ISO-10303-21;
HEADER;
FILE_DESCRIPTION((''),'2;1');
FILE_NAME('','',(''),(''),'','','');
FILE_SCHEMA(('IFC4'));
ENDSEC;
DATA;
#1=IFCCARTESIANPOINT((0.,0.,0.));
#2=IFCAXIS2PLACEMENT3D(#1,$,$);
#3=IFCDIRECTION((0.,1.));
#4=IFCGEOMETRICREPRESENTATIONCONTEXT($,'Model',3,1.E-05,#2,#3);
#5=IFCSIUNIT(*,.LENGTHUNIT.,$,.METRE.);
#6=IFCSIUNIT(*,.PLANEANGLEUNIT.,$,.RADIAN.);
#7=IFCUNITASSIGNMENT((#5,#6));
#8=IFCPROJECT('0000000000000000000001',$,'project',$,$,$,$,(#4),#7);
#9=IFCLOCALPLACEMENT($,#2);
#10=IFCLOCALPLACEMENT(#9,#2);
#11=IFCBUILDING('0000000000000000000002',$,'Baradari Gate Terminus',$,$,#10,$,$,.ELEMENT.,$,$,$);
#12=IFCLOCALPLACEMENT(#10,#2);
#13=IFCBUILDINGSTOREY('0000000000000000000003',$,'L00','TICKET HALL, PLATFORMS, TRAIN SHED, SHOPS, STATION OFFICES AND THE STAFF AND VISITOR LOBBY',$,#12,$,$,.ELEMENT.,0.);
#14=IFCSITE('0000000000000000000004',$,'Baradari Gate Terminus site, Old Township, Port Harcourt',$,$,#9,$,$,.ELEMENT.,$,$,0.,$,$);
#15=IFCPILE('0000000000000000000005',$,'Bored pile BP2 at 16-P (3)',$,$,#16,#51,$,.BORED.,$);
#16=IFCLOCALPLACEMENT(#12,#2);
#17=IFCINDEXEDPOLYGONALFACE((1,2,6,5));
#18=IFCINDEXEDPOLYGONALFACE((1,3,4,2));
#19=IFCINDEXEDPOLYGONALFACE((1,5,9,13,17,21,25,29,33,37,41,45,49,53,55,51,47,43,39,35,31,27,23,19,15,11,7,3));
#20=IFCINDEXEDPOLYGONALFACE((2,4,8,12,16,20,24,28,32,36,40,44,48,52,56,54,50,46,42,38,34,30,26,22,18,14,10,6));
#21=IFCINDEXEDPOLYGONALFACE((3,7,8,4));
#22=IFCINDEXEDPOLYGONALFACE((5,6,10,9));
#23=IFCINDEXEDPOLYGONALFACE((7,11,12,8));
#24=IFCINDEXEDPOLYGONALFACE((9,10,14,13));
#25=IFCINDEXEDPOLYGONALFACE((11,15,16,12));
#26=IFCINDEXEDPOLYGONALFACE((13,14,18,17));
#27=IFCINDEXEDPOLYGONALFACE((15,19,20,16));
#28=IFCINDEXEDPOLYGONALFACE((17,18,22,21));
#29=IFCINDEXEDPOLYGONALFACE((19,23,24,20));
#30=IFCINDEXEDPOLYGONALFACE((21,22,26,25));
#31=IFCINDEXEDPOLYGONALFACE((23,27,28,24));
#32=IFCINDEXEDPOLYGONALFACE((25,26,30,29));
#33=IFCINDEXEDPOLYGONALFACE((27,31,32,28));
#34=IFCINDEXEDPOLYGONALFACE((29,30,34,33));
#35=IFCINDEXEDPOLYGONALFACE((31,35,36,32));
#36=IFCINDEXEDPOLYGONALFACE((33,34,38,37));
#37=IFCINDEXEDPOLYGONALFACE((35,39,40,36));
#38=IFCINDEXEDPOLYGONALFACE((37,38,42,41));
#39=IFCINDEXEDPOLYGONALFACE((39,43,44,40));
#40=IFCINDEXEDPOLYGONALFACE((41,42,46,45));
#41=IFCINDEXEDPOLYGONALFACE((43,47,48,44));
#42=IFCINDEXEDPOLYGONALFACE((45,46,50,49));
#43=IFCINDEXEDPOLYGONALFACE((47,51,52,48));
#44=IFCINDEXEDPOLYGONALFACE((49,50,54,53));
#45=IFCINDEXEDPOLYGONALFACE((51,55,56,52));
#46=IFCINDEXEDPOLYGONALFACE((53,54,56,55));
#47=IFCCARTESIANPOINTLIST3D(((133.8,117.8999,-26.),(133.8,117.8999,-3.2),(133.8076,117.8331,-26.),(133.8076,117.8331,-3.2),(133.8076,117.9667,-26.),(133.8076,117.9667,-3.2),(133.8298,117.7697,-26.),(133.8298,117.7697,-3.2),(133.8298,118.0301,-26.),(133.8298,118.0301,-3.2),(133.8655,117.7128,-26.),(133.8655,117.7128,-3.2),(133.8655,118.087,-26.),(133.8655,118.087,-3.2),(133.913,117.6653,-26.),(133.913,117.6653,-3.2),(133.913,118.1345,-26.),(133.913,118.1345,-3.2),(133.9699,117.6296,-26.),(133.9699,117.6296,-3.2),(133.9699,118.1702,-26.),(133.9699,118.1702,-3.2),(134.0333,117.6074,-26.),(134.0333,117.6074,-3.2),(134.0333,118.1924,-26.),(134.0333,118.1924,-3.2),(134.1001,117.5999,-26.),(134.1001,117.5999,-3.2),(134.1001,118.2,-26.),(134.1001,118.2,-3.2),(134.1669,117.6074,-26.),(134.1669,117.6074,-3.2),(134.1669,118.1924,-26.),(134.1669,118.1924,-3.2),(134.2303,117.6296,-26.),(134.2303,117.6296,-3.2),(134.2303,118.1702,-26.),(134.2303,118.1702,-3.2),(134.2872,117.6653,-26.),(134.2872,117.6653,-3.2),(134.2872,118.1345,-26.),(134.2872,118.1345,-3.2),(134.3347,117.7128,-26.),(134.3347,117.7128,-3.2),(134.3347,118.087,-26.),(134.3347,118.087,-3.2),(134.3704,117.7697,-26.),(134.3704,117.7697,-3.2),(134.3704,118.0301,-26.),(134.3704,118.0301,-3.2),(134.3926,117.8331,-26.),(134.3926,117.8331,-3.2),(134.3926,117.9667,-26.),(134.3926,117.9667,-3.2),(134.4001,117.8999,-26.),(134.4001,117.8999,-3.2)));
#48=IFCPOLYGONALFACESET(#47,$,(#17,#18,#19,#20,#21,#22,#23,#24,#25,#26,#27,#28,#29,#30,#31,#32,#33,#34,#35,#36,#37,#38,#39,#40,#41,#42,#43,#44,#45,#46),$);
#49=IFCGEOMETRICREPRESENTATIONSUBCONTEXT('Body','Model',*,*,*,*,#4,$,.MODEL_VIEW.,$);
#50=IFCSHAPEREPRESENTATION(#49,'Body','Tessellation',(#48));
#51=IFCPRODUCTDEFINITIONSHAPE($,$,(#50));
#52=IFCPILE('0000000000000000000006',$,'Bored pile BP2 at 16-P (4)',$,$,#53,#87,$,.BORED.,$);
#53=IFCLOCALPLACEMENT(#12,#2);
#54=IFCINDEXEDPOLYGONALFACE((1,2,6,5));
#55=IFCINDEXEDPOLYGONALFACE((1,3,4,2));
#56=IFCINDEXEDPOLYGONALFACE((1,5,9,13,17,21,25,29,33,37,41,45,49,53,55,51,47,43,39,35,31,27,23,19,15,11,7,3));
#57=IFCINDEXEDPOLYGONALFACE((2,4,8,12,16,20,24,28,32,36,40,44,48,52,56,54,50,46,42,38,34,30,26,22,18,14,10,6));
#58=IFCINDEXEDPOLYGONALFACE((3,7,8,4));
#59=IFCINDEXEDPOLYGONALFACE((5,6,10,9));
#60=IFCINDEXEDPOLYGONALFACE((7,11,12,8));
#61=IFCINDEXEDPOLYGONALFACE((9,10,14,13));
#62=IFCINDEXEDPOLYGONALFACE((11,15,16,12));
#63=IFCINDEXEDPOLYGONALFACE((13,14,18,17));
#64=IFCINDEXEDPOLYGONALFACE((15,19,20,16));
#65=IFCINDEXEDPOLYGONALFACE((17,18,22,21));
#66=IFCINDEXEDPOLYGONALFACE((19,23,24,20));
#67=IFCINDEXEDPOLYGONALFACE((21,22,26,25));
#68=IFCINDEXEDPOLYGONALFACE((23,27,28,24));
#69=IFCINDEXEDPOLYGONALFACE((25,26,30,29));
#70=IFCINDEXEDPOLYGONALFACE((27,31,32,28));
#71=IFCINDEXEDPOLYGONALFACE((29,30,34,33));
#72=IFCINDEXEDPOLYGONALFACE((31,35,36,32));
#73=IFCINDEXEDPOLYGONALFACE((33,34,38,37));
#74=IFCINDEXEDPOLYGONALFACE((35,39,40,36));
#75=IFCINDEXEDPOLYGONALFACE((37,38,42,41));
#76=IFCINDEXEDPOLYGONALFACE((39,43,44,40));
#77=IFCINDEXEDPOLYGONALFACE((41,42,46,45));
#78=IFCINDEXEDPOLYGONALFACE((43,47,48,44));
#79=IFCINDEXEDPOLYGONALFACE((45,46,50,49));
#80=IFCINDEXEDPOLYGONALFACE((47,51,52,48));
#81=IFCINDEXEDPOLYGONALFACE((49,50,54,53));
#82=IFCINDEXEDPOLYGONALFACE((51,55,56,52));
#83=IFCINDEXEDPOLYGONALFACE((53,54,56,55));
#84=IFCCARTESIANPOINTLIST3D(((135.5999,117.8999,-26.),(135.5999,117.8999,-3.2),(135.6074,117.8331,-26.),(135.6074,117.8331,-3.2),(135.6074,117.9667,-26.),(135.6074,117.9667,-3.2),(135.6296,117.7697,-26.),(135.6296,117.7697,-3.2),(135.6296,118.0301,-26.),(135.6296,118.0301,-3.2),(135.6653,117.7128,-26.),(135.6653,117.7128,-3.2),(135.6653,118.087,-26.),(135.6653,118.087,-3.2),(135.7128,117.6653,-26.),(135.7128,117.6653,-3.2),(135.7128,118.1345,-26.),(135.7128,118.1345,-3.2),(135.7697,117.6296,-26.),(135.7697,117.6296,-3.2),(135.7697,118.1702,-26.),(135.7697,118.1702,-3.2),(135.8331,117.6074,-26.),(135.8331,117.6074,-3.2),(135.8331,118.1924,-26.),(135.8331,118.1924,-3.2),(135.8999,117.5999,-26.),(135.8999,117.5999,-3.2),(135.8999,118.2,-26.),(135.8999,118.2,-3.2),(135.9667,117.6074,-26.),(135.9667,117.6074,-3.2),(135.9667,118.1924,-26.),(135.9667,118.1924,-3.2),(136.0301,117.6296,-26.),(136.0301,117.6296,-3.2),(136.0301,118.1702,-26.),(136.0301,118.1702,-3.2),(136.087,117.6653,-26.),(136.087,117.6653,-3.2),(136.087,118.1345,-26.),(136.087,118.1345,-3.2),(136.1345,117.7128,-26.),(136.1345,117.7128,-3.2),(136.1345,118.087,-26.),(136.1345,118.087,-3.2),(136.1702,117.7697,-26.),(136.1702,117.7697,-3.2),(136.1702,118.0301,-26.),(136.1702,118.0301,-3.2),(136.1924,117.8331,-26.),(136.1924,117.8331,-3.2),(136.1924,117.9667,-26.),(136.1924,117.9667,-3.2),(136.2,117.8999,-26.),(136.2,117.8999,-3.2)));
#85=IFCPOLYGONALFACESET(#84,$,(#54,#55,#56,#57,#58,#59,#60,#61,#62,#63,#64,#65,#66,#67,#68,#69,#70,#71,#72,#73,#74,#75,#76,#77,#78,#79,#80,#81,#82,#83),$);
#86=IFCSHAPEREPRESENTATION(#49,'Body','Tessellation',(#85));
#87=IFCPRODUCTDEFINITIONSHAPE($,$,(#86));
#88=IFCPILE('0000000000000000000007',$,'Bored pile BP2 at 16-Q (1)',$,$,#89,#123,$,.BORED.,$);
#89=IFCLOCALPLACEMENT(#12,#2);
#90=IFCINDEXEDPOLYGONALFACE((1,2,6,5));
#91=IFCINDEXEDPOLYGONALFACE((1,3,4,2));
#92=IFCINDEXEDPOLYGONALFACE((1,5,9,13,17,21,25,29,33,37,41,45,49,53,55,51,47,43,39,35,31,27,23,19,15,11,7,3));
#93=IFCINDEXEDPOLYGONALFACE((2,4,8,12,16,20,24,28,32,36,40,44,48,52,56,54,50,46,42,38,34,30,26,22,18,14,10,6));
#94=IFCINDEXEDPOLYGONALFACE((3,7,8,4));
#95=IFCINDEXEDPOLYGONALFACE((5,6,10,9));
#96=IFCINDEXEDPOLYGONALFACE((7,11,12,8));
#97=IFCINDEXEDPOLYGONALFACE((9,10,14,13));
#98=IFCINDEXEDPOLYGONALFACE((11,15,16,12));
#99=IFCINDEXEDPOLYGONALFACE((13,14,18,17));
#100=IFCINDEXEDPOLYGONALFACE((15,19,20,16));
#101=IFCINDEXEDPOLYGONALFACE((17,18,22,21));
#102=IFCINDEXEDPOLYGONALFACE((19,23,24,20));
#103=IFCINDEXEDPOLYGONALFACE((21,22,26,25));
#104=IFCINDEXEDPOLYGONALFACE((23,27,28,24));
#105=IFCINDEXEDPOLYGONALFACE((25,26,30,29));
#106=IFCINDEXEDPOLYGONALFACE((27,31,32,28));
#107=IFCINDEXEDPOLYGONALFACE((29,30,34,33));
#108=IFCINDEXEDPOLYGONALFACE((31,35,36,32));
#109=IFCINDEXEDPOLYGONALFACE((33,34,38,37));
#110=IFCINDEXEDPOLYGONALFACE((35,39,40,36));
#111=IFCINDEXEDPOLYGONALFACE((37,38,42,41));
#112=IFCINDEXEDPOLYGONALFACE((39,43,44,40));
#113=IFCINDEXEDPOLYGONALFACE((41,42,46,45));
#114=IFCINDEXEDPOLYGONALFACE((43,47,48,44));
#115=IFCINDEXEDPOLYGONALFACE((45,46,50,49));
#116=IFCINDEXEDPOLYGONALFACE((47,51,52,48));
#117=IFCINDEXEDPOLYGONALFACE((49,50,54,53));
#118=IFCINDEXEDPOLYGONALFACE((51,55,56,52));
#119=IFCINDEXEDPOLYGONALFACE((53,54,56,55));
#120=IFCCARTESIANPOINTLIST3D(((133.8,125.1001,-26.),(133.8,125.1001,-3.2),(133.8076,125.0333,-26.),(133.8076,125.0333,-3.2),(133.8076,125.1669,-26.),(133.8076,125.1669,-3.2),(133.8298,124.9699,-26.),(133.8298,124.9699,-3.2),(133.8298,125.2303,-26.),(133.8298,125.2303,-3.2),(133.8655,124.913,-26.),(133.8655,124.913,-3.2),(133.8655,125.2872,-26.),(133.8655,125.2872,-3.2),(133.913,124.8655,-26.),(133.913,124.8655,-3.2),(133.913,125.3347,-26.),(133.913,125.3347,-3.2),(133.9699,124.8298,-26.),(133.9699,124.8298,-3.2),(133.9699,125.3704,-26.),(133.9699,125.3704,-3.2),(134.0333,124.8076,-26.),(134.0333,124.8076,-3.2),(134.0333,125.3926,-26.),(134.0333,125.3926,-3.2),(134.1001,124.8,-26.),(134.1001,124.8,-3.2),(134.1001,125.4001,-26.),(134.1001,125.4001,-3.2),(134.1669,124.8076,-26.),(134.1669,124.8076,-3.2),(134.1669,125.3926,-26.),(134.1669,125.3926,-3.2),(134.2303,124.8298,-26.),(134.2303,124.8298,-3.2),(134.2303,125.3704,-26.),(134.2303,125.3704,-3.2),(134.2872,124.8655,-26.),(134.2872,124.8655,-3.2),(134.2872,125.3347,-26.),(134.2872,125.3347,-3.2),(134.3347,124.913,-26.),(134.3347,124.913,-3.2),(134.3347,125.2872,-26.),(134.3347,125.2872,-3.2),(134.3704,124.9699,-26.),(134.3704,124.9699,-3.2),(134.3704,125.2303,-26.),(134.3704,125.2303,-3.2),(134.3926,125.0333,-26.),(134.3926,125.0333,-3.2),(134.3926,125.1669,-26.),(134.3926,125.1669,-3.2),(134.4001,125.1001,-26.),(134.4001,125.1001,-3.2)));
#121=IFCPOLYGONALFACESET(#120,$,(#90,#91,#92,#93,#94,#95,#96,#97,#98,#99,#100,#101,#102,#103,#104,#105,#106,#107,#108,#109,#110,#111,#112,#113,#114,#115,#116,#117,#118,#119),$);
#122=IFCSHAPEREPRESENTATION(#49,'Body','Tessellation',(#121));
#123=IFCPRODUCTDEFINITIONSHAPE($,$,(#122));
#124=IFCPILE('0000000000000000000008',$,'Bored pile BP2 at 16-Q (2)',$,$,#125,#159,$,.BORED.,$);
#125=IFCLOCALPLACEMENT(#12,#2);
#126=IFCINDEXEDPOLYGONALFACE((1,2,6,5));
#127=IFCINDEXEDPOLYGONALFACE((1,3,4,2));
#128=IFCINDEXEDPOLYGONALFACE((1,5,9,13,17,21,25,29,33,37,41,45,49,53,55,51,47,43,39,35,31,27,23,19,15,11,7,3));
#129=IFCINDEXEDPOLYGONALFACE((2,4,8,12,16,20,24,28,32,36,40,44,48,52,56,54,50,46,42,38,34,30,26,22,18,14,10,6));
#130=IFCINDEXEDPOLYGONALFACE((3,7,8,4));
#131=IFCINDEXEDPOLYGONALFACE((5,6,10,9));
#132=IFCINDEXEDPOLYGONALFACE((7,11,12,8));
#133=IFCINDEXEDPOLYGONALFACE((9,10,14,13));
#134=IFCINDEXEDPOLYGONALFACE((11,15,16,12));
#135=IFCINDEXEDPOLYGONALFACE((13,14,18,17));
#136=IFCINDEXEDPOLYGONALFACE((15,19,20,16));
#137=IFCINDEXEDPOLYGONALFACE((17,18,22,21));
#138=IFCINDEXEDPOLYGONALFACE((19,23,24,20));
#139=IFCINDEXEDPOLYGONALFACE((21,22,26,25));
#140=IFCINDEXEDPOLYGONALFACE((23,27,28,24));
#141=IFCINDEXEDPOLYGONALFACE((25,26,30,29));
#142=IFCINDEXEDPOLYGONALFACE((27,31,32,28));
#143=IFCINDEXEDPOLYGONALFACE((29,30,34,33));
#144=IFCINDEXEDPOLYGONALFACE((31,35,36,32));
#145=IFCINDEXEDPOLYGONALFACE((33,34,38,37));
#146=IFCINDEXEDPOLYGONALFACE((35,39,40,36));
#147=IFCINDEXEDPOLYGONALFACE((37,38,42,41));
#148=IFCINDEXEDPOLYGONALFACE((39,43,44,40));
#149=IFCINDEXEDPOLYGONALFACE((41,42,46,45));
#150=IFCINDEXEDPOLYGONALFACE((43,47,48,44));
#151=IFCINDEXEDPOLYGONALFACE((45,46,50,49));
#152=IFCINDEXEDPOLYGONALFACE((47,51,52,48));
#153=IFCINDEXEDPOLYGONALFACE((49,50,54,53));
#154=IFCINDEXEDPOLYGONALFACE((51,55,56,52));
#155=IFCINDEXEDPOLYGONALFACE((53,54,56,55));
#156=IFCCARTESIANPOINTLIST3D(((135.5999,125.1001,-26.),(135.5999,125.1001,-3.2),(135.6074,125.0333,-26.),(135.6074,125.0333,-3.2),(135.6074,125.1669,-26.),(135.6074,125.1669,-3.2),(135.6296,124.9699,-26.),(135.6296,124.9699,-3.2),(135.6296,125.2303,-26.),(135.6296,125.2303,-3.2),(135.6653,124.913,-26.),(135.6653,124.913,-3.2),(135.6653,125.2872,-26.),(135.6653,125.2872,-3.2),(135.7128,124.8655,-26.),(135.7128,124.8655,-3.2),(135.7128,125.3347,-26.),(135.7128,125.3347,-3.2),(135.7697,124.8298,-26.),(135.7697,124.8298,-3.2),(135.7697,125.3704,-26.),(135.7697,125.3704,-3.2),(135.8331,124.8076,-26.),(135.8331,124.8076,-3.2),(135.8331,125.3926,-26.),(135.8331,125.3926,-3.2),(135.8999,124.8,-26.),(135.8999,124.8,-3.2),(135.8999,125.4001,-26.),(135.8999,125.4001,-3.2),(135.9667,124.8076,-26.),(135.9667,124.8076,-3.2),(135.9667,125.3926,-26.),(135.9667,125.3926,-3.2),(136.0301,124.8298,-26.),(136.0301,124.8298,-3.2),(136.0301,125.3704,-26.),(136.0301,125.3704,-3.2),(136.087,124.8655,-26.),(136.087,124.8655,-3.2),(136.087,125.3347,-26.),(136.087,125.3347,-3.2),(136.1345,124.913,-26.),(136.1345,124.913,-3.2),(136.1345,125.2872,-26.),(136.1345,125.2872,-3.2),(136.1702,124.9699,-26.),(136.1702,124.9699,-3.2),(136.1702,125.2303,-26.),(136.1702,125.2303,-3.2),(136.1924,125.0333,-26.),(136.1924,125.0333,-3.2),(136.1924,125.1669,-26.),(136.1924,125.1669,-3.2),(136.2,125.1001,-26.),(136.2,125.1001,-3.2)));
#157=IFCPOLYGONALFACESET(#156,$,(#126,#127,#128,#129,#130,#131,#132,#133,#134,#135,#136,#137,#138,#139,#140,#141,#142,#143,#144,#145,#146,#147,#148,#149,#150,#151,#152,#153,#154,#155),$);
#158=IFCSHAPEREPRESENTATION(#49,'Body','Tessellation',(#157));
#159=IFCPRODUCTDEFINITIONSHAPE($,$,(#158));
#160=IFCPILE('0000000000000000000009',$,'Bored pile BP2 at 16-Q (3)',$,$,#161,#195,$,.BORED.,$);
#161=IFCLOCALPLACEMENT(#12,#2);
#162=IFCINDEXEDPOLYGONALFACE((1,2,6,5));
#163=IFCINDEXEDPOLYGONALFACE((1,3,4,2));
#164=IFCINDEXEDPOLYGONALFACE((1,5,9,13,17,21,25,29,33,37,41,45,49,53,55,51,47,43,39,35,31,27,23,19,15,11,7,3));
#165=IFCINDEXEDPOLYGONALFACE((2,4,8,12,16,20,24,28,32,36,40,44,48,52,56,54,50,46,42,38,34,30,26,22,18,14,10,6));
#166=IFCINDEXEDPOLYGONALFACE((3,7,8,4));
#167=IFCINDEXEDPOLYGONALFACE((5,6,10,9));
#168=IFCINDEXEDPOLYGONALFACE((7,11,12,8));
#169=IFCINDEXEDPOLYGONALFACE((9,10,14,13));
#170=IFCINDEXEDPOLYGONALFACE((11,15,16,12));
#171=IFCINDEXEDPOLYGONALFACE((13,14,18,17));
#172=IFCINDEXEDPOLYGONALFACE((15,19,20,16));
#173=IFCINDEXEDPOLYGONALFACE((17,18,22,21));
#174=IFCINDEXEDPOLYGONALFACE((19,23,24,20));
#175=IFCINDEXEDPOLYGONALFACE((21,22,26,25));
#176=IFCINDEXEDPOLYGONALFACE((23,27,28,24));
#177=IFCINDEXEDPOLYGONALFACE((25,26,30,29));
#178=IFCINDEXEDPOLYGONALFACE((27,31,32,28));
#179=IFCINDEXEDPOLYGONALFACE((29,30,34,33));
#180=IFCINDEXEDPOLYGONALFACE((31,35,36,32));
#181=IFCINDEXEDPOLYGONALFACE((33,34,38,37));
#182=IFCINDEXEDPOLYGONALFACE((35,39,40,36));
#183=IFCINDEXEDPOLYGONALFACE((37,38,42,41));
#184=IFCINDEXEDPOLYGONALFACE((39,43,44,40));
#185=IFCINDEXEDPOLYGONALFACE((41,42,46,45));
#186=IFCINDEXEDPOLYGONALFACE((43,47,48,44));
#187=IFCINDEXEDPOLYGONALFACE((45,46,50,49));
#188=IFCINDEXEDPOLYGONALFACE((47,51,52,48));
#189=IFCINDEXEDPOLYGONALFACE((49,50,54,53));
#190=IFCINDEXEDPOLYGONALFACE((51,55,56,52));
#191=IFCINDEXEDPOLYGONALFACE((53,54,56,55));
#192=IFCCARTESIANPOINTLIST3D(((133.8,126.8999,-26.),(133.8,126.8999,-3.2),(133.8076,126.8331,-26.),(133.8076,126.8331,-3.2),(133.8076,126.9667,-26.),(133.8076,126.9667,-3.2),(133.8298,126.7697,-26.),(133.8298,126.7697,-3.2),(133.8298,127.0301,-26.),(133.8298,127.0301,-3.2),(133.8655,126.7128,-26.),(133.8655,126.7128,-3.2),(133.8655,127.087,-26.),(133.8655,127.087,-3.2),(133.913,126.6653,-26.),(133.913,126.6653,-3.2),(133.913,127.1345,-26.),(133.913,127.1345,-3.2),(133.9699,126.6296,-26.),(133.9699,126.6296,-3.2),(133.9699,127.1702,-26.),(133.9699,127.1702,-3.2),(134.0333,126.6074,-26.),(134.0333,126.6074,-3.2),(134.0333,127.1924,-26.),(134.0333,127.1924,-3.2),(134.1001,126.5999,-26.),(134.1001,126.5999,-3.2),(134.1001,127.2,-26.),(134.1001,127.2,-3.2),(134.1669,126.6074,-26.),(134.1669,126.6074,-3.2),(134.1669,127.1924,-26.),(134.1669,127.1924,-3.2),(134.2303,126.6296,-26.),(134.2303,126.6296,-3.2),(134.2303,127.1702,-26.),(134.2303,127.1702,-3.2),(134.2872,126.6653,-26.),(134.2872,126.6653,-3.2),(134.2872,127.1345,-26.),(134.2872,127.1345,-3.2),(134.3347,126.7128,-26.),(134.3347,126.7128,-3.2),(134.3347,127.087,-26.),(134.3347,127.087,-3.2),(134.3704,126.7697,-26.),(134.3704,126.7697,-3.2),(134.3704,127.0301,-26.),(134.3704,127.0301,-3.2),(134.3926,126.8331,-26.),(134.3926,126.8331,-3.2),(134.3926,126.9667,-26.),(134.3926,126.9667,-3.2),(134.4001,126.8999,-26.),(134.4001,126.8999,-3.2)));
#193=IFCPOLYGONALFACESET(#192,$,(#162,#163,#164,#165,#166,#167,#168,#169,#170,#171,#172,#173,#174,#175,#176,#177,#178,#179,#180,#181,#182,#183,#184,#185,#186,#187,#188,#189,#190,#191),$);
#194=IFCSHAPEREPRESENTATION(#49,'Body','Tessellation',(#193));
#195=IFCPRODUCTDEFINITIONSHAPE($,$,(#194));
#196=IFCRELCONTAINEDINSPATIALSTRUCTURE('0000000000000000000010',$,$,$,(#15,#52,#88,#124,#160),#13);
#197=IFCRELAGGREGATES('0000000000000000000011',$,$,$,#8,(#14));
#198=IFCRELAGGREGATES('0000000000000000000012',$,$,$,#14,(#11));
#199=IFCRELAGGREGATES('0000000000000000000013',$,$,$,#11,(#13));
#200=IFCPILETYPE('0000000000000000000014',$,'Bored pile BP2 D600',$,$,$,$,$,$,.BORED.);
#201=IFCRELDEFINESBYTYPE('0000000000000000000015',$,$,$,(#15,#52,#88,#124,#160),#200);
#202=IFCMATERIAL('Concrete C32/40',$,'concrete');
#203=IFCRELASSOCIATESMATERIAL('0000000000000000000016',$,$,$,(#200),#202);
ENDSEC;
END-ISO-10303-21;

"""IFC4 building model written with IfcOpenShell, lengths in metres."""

from ifc_helpers import new_model, si_unit, direction, frame, origin, origin_2d, place, context, subcontext, project, spatial, circle, extrude, material, type_object, element, save


model = new_model("IFC4")

# Units and contexts
model_context = context("Model", 3, precision=1e-05, world=origin(), true_north=direction((0.0, 1.0)))
body_context = subcontext(model_context, "Body", "Model", "MODEL_VIEW")
ifc_project = project(units=[si_unit("LENGTHUNIT", "METRE"), si_unit("PLANEANGLEUNIT", "RADIAN")], contexts=[model_context])

# Site, building, storey
site_placement = place(None, origin())
site = spatial("IfcSite", under=ifc_project, at=site_placement, Name="Baradari Gate Terminus site, Old Township, Port Harcourt", CompositionType="ELEMENT", RefElevation=0.0)
building_placement = place(site_placement, origin())
building = spatial("IfcBuilding", under=site, at=building_placement, Name="Baradari Gate Terminus", CompositionType="ELEMENT")
storey_placement = place(building_placement, origin())
storey = spatial("IfcBuildingStorey", under=building, at=storey_placement, Name="L00", Description="TICKET HALL, PLATFORMS, TRAIN SHED, SHOPS, STATION OFFICES AND THE STAFF AND VISITOR LOBBY", CompositionType="ELEMENT", Elevation=0.0)

# Piles
ifc_material_1 = material(Name="Concrete C32/40", Category="concrete")
pile_type_1 = type_object("IfcPileType", Name="Bored pile BP2 D600", PredefinedType="BORED", material=ifc_material_1)
for number, where, z_axis, x_axis, name in (
    (1, (134.1001, 117.8999, -3.2), (0.0, 0.0, -1.0), (1.0, 0.0, 0.0), "Bored pile BP2 at 16-P (3)"),
    (2, (135.8999, 117.8999, -3.2), (0.0, 0.0, -1.0), (1.0, 0.0, 0.0), "Bored pile BP2 at 16-P (4)"),
    (3, (134.1001, 125.1001, -3.2), (0.0, 0.0, -1.0), (1.0, 0.0, 0.0), "Bored pile BP2 at 16-Q (1)"),
    (4, (135.8999, 125.1001, -3.2), (0.0, 0.0, -1.0), (1.0, 0.0, 0.0), "Bored pile BP2 at 16-Q (2)"),
    (5, (134.1001, 126.8999, -3.2), (0.0, 0.0, -1.0), (1.0, 0.0, 0.0), "Bored pile BP2 at 16-Q (3)"),
):
    element("IfcPile", number, at=place(storey_placement, frame(where, z_axis=z_axis, x_axis=x_axis)), inside=storey, type_object=pile_type_1, Name=name, PredefinedType="BORED", context=body_context, shape_type="SweptSolid", body=[
        extrude(circle(Radius=0.3, at=origin_2d()), origin(), (0.0, 0.0, 1.0), 22.8),
    ])

save(model, "model.ifc")
